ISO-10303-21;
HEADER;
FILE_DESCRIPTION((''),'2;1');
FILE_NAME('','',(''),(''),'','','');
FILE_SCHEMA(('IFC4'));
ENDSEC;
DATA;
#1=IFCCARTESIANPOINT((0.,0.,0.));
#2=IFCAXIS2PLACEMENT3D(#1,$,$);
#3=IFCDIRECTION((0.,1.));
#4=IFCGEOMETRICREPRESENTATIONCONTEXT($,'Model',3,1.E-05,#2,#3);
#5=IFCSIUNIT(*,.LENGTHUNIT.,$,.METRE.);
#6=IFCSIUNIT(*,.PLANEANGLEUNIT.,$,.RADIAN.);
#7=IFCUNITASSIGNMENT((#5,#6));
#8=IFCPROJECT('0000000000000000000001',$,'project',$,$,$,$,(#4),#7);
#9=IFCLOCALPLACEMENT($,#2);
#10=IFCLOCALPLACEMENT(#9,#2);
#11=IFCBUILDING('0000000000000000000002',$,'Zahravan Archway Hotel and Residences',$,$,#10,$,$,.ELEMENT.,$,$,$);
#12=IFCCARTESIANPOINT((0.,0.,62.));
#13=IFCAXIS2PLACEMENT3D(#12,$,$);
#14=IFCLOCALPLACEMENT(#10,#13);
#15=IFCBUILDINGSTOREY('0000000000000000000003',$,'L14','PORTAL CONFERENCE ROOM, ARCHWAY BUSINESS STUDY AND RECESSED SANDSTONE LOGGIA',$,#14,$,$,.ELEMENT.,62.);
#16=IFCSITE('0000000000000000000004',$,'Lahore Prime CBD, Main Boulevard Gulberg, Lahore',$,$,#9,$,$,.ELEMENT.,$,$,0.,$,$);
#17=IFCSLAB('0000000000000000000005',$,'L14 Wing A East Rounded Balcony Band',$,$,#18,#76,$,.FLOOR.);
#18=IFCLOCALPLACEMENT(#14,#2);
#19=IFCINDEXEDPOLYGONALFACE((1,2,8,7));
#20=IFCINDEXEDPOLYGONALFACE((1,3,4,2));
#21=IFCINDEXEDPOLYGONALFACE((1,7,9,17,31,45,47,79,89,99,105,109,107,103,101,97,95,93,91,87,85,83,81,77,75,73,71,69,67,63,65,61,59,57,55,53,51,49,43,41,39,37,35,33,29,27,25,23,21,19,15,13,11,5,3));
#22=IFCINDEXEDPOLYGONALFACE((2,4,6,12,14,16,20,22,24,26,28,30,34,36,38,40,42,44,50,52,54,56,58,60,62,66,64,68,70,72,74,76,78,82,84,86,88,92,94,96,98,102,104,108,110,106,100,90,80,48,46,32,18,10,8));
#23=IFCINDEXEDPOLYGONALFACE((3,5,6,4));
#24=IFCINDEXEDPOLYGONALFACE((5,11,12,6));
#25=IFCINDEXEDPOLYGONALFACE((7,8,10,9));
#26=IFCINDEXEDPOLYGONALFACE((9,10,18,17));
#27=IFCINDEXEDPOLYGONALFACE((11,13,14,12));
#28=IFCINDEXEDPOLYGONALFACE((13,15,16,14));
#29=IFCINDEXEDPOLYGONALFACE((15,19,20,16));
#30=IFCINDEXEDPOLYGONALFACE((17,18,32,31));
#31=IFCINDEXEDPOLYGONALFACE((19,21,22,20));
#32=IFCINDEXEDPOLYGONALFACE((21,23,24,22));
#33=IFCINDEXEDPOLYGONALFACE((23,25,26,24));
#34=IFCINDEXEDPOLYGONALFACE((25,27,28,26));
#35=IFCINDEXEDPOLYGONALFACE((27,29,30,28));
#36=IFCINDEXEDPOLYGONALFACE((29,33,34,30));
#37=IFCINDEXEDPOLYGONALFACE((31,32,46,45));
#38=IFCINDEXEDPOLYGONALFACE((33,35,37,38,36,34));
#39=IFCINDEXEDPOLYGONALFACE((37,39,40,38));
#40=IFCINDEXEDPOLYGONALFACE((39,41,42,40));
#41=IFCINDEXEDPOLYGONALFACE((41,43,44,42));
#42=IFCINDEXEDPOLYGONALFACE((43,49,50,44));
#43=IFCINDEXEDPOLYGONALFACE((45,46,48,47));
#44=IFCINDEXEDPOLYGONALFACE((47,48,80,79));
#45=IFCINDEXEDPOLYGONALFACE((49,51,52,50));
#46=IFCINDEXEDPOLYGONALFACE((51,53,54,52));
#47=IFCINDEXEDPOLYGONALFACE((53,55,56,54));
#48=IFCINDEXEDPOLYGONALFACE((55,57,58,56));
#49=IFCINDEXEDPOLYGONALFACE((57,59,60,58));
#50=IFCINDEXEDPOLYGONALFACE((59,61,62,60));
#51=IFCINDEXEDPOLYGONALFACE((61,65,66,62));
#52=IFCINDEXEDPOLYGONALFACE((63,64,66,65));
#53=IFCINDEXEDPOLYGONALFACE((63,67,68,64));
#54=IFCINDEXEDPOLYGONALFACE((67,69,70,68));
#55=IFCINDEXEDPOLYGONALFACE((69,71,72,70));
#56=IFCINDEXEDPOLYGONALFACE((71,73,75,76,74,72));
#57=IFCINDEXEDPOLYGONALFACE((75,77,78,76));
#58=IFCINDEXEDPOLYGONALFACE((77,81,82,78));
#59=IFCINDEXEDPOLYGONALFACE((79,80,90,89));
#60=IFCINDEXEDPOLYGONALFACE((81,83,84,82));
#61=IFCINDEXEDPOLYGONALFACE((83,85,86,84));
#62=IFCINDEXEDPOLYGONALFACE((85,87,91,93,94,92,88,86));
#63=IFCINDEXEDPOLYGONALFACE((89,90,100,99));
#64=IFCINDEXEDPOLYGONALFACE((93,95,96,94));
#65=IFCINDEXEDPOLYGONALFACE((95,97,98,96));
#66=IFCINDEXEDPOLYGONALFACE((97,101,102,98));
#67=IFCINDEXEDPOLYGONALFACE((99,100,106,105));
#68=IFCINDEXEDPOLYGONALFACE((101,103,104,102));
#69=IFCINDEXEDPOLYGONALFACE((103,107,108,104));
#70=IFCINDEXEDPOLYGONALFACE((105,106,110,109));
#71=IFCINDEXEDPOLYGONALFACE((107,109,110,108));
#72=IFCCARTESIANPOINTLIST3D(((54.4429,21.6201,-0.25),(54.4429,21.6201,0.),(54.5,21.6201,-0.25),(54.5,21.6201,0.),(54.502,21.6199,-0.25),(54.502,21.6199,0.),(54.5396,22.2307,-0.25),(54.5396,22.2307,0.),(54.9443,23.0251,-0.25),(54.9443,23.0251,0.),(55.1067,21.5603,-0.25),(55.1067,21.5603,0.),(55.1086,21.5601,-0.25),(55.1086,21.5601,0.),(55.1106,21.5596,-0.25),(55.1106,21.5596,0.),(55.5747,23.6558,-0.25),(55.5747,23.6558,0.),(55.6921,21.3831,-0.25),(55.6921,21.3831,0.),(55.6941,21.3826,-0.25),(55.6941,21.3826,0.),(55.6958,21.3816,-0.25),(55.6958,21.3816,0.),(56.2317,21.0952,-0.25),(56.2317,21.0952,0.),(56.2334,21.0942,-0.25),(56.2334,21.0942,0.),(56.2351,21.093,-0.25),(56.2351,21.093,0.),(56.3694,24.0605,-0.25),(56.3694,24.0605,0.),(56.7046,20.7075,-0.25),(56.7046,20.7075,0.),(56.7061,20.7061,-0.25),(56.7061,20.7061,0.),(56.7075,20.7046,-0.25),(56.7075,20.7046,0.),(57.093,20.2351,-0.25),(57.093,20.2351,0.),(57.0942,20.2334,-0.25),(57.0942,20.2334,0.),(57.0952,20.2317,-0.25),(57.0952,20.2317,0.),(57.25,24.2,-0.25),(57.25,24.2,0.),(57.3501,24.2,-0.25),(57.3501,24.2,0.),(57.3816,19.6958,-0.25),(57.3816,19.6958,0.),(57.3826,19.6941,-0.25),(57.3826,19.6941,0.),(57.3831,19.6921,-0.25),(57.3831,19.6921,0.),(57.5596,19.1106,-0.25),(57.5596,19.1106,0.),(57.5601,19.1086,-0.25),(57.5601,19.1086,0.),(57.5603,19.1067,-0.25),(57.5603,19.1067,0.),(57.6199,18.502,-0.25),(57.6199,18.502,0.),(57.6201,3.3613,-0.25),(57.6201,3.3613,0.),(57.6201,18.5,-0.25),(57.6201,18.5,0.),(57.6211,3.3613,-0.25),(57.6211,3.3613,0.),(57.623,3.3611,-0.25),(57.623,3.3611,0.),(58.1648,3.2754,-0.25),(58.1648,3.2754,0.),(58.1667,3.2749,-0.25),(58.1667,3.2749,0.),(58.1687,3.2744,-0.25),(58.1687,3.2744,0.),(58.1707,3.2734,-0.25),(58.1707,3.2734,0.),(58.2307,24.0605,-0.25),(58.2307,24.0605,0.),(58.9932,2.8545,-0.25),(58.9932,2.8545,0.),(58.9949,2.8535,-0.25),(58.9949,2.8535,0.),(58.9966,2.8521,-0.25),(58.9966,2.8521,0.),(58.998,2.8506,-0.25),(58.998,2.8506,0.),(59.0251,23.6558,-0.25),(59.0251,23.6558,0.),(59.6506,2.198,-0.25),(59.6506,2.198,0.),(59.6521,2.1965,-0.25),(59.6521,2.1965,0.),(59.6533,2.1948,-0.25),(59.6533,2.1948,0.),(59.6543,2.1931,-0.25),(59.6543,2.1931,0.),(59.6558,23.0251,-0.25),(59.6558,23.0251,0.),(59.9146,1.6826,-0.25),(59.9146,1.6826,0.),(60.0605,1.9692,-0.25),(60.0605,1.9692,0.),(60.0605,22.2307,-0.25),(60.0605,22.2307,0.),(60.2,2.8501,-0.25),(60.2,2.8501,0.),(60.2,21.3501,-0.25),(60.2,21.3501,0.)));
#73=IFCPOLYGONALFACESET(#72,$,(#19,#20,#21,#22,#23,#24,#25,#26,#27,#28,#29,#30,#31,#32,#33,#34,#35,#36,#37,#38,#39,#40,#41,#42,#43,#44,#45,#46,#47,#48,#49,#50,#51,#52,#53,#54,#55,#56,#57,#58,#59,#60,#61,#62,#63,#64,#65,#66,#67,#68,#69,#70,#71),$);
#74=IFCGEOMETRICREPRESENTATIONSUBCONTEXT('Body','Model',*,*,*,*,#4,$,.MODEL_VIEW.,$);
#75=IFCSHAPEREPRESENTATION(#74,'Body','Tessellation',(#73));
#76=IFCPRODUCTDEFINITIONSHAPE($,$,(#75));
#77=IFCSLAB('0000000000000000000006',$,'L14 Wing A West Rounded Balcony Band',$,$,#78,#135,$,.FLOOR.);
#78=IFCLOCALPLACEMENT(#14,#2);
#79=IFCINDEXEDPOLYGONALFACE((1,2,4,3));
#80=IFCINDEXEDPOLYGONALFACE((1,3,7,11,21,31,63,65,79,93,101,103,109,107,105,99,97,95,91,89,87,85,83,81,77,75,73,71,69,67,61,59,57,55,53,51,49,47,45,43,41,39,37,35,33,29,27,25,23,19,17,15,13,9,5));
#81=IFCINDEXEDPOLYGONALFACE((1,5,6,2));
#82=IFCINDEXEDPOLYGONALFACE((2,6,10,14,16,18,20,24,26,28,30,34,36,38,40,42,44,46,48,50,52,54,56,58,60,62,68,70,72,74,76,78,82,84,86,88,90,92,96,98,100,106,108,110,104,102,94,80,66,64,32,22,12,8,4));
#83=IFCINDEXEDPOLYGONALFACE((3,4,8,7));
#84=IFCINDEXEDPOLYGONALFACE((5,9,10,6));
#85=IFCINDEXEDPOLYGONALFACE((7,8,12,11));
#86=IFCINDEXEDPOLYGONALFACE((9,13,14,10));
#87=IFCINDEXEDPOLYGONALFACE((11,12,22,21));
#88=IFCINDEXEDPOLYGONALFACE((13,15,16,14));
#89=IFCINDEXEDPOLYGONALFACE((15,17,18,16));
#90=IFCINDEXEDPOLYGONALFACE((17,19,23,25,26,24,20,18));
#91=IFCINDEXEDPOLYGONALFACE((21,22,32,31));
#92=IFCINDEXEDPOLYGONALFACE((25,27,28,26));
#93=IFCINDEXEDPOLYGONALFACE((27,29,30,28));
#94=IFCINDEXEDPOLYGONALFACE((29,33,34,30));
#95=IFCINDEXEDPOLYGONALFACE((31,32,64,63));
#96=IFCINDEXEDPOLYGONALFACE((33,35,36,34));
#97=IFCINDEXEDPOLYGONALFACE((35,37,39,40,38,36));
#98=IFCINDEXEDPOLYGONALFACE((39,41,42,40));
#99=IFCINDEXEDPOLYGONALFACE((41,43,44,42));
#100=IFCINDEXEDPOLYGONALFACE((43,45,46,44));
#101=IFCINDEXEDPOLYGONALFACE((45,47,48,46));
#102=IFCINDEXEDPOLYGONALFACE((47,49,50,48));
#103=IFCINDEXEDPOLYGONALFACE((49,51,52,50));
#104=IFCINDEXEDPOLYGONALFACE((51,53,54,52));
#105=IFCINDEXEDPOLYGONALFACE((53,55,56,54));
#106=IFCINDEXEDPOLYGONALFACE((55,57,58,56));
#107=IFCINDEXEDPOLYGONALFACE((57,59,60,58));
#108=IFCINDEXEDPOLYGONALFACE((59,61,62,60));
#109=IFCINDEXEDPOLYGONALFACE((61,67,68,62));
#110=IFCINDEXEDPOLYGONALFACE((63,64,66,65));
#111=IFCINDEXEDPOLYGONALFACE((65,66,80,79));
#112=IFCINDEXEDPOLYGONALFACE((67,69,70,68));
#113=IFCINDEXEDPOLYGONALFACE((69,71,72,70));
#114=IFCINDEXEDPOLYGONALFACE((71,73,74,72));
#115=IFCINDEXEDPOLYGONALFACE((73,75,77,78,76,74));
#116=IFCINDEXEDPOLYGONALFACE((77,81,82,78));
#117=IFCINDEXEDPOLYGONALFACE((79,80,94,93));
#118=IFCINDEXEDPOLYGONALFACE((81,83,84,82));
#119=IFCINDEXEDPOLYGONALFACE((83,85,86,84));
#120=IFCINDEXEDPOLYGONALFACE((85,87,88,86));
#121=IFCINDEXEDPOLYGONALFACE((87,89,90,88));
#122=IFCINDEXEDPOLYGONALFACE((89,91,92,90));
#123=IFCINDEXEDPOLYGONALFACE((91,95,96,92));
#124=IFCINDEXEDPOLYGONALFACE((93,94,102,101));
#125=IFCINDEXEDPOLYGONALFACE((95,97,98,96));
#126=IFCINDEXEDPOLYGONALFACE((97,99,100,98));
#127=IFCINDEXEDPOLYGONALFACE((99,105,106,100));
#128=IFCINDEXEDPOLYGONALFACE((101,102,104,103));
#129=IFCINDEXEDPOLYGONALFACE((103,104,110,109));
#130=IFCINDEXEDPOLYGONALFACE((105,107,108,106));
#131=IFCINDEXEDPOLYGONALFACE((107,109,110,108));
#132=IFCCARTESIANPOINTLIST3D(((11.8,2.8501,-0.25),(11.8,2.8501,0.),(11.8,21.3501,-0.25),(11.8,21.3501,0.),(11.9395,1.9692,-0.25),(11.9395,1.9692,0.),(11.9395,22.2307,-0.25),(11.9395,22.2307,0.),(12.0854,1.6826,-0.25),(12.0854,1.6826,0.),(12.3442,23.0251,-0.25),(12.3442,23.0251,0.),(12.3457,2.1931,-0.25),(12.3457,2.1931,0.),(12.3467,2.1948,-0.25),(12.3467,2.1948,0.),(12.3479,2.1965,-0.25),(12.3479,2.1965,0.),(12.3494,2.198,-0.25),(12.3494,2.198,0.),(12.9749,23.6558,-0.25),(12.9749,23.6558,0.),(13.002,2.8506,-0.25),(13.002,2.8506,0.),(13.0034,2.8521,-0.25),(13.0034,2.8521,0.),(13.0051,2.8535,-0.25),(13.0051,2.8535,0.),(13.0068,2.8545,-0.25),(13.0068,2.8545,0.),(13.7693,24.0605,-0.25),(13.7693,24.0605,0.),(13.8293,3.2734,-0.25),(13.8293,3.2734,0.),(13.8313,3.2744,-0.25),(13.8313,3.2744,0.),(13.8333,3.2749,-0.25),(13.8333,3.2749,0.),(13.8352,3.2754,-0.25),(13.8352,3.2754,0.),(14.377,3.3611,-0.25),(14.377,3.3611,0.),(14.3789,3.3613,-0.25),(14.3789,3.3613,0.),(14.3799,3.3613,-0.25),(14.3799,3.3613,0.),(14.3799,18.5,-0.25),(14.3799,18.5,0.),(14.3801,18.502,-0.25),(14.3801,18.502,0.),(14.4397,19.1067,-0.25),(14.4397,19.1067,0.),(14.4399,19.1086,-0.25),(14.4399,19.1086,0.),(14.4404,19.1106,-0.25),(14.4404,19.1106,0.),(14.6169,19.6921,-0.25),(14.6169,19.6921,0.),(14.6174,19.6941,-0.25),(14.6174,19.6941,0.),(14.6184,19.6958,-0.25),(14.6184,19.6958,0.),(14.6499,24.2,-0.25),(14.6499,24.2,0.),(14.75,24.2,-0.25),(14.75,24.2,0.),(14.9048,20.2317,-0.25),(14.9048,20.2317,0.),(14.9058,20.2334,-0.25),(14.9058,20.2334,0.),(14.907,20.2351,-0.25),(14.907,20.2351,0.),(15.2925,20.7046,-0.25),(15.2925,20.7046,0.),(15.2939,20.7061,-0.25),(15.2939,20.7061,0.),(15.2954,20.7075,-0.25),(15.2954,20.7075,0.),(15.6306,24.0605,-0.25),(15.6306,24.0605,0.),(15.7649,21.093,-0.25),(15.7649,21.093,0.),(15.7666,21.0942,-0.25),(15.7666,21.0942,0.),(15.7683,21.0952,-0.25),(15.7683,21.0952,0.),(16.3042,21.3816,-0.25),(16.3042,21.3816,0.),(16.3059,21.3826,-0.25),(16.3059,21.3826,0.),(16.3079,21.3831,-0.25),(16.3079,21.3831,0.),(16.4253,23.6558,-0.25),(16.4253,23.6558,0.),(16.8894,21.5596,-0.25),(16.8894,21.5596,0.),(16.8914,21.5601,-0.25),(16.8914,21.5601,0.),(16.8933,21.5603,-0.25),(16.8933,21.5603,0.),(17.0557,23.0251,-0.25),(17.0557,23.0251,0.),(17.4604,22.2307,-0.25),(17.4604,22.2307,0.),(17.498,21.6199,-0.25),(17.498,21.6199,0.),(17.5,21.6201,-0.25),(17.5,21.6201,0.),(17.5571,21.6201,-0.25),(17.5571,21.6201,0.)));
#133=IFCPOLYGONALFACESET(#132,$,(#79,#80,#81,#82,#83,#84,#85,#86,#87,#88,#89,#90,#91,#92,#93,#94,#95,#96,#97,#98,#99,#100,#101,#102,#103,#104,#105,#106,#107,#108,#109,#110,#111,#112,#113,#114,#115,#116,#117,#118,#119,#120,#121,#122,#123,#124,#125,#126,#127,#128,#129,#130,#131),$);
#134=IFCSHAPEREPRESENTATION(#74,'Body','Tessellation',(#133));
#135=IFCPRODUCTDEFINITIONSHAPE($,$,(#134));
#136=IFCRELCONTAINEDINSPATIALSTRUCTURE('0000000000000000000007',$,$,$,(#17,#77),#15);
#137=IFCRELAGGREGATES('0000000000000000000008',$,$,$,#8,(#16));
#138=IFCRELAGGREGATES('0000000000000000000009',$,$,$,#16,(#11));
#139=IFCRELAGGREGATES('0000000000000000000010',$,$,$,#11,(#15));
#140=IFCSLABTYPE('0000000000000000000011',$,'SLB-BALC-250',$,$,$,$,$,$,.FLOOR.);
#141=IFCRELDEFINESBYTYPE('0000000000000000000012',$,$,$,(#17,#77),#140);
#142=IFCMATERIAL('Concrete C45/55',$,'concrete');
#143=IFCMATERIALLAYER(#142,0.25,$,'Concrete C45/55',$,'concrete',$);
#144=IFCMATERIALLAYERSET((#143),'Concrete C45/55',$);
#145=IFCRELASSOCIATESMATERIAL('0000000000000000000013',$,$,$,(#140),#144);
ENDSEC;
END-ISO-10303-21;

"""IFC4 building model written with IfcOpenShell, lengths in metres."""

from ifc_helpers import new_model, si_unit, direction, frame, origin, place, context, subcontext, project, spatial, polyline, outline, extrude, material, layer, layer_set, type_object, element, save


model = new_model("IFC4")

# Units and contexts
model_context = context("Model", 3, precision=1e-05, world=origin(), true_north=direction((0.0, 1.0)))
body_context = subcontext(model_context, "Body", "Model", "MODEL_VIEW")
ifc_project = project(units=[si_unit("LENGTHUNIT", "METRE"), si_unit("PLANEANGLEUNIT", "RADIAN")], contexts=[model_context])

# Site, building, storey
site_placement = place(None, origin())
site = spatial("IfcSite", under=ifc_project, at=site_placement, Name="Lahore Prime CBD, Main Boulevard Gulberg, Lahore", CompositionType="ELEMENT", RefElevation=0.0)
building_placement = place(site_placement, origin())
building = spatial("IfcBuilding", under=site, at=building_placement, Name="Zahravan Archway Hotel and Residences", CompositionType="ELEMENT")
storey_placement = place(building_placement, frame((0.0, 0.0, 62.0)))
storey = spatial("IfcBuildingStorey", under=building, at=storey_placement, Name="L14", Description="PORTAL CONFERENCE ROOM, ARCHWAY BUSINESS STUDY AND RECESSED SANDSTONE LOGGIA", CompositionType="ELEMENT", Elevation=62.0)

# Slabs
ifc_material_1 = material(Name="Concrete C45/55", Category="concrete")
ifc_layer_1 = layer(ifc_material_1, 0.25, Name="Concrete C45/55", Category="concrete")
ifc_layer_set_1 = layer_set([ifc_layer_1], Name="Concrete C45/55")
slab_type_1 = type_object("IfcSlabType", Name="SLB-BALC-250", PredefinedType="FLOOR", material=ifc_layer_set_1)
slab_1_placement = place(storey_placement, frame((0.0, 0.0, -0.25)))
element("IfcSlab", 1, at=slab_1_placement, inside=storey, type_object=slab_type_1, Name="L14 Wing A East Rounded Balcony Band", PredefinedType="FLOOR", context=body_context, shape_type="SweptSolid", body=[
    extrude(outline(polyline([(54.5396, 22.2307), (54.9443, 23.0251), (55.5747, 23.6558), (56.3694, 24.0605), (57.25, 24.2), (57.3501, 24.2), (58.2307, 24.0605), (59.0251, 23.6558), (59.6558, 23.0251), (60.0605, 22.2307), (60.2, 21.3501), (60.2, 2.8501), (60.0605, 1.9692), (59.9146, 1.6826), (59.6543, 2.1931), (59.6533, 2.1948), (59.6521, 2.1965), (59.6506, 2.198), (58.998, 2.8506), (58.9966, 2.8521), (58.9949, 2.8535), (58.9932, 2.8545), (58.1707, 3.2734), (58.1687, 3.2744), (58.1667, 3.2749), (58.1648, 3.2754), (57.623, 3.3611), (57.6211, 3.3613), (57.6201, 3.3613), (57.6201, 18.5), (57.6199, 18.502), (57.5603, 19.1067), (57.5601, 19.1086), (57.5596, 19.1106), (57.3831, 19.6921), (57.3826, 19.6941), (57.3816, 19.6958), (57.0952, 20.2317), (57.0942, 20.2334), (57.093, 20.2351), (56.7075, 20.7046), (56.7061, 20.7061), (56.7046, 20.7075), (56.2351, 21.093), (56.2334, 21.0942), (56.2317, 21.0952), (55.6958, 21.3816), (55.6941, 21.3826), (55.6921, 21.3831), (55.1106, 21.5596), (55.1086, 21.5601), (55.1067, 21.5603), (54.502, 21.6199), (54.5, 21.6201), (54.4429, 21.6201), (54.5396, 22.2307)])), origin(), (0.0, 0.0, 1.0), 0.25),
])
slab_2_placement = place(storey_placement, frame((0.0, 0.0, -0.25)))
element("IfcSlab", 2, at=slab_2_placement, inside=storey, type_object=slab_type_1, Name="L14 Wing A West Rounded Balcony Band", PredefinedType="FLOOR", context=body_context, shape_type="SweptSolid", body=[
    extrude(outline(polyline([(11.9395, 1.9692), (11.8, 2.8501), (11.8, 21.3501), (11.9395, 22.2307), (12.3442, 23.0251), (12.9749, 23.6558), (13.7693, 24.0605), (14.6499, 24.2), (14.75, 24.2), (15.6306, 24.0605), (16.4253, 23.6558), (17.0557, 23.0251), (17.4604, 22.2307), (17.5571, 21.6201), (17.5, 21.6201), (17.498, 21.6199), (16.8933, 21.5603), (16.8914, 21.5601), (16.8894, 21.5596), (16.3079, 21.3831), (16.3059, 21.3826), (16.3042, 21.3816), (15.7683, 21.0952), (15.7666, 21.0942), (15.7649, 21.093), (15.2954, 20.7075), (15.2939, 20.7061), (15.2925, 20.7046), (14.907, 20.2351), (14.9058, 20.2334), (14.9048, 20.2317), (14.6184, 19.6958), (14.6174, 19.6941), (14.6169, 19.6921), (14.4404, 19.1106), (14.4399, 19.1086), (14.4397, 19.1067), (14.3801, 18.502), (14.3799, 18.5), (14.3799, 3.3613), (14.3789, 3.3613), (14.377, 3.3611), (13.8352, 3.2754), (13.8333, 3.2749), (13.8313, 3.2744), (13.8293, 3.2734), (13.0068, 2.8545), (13.0051, 2.8535), (13.0034, 2.8521), (13.002, 2.8506), (12.3494, 2.198), (12.3479, 2.1965), (12.3467, 2.1948), (12.3457, 2.1931), (12.0854, 1.6826), (11.9395, 1.9692)])), origin(), (0.0, 0.0, 1.0), 0.25),
])

save(model, "model.ifc")
